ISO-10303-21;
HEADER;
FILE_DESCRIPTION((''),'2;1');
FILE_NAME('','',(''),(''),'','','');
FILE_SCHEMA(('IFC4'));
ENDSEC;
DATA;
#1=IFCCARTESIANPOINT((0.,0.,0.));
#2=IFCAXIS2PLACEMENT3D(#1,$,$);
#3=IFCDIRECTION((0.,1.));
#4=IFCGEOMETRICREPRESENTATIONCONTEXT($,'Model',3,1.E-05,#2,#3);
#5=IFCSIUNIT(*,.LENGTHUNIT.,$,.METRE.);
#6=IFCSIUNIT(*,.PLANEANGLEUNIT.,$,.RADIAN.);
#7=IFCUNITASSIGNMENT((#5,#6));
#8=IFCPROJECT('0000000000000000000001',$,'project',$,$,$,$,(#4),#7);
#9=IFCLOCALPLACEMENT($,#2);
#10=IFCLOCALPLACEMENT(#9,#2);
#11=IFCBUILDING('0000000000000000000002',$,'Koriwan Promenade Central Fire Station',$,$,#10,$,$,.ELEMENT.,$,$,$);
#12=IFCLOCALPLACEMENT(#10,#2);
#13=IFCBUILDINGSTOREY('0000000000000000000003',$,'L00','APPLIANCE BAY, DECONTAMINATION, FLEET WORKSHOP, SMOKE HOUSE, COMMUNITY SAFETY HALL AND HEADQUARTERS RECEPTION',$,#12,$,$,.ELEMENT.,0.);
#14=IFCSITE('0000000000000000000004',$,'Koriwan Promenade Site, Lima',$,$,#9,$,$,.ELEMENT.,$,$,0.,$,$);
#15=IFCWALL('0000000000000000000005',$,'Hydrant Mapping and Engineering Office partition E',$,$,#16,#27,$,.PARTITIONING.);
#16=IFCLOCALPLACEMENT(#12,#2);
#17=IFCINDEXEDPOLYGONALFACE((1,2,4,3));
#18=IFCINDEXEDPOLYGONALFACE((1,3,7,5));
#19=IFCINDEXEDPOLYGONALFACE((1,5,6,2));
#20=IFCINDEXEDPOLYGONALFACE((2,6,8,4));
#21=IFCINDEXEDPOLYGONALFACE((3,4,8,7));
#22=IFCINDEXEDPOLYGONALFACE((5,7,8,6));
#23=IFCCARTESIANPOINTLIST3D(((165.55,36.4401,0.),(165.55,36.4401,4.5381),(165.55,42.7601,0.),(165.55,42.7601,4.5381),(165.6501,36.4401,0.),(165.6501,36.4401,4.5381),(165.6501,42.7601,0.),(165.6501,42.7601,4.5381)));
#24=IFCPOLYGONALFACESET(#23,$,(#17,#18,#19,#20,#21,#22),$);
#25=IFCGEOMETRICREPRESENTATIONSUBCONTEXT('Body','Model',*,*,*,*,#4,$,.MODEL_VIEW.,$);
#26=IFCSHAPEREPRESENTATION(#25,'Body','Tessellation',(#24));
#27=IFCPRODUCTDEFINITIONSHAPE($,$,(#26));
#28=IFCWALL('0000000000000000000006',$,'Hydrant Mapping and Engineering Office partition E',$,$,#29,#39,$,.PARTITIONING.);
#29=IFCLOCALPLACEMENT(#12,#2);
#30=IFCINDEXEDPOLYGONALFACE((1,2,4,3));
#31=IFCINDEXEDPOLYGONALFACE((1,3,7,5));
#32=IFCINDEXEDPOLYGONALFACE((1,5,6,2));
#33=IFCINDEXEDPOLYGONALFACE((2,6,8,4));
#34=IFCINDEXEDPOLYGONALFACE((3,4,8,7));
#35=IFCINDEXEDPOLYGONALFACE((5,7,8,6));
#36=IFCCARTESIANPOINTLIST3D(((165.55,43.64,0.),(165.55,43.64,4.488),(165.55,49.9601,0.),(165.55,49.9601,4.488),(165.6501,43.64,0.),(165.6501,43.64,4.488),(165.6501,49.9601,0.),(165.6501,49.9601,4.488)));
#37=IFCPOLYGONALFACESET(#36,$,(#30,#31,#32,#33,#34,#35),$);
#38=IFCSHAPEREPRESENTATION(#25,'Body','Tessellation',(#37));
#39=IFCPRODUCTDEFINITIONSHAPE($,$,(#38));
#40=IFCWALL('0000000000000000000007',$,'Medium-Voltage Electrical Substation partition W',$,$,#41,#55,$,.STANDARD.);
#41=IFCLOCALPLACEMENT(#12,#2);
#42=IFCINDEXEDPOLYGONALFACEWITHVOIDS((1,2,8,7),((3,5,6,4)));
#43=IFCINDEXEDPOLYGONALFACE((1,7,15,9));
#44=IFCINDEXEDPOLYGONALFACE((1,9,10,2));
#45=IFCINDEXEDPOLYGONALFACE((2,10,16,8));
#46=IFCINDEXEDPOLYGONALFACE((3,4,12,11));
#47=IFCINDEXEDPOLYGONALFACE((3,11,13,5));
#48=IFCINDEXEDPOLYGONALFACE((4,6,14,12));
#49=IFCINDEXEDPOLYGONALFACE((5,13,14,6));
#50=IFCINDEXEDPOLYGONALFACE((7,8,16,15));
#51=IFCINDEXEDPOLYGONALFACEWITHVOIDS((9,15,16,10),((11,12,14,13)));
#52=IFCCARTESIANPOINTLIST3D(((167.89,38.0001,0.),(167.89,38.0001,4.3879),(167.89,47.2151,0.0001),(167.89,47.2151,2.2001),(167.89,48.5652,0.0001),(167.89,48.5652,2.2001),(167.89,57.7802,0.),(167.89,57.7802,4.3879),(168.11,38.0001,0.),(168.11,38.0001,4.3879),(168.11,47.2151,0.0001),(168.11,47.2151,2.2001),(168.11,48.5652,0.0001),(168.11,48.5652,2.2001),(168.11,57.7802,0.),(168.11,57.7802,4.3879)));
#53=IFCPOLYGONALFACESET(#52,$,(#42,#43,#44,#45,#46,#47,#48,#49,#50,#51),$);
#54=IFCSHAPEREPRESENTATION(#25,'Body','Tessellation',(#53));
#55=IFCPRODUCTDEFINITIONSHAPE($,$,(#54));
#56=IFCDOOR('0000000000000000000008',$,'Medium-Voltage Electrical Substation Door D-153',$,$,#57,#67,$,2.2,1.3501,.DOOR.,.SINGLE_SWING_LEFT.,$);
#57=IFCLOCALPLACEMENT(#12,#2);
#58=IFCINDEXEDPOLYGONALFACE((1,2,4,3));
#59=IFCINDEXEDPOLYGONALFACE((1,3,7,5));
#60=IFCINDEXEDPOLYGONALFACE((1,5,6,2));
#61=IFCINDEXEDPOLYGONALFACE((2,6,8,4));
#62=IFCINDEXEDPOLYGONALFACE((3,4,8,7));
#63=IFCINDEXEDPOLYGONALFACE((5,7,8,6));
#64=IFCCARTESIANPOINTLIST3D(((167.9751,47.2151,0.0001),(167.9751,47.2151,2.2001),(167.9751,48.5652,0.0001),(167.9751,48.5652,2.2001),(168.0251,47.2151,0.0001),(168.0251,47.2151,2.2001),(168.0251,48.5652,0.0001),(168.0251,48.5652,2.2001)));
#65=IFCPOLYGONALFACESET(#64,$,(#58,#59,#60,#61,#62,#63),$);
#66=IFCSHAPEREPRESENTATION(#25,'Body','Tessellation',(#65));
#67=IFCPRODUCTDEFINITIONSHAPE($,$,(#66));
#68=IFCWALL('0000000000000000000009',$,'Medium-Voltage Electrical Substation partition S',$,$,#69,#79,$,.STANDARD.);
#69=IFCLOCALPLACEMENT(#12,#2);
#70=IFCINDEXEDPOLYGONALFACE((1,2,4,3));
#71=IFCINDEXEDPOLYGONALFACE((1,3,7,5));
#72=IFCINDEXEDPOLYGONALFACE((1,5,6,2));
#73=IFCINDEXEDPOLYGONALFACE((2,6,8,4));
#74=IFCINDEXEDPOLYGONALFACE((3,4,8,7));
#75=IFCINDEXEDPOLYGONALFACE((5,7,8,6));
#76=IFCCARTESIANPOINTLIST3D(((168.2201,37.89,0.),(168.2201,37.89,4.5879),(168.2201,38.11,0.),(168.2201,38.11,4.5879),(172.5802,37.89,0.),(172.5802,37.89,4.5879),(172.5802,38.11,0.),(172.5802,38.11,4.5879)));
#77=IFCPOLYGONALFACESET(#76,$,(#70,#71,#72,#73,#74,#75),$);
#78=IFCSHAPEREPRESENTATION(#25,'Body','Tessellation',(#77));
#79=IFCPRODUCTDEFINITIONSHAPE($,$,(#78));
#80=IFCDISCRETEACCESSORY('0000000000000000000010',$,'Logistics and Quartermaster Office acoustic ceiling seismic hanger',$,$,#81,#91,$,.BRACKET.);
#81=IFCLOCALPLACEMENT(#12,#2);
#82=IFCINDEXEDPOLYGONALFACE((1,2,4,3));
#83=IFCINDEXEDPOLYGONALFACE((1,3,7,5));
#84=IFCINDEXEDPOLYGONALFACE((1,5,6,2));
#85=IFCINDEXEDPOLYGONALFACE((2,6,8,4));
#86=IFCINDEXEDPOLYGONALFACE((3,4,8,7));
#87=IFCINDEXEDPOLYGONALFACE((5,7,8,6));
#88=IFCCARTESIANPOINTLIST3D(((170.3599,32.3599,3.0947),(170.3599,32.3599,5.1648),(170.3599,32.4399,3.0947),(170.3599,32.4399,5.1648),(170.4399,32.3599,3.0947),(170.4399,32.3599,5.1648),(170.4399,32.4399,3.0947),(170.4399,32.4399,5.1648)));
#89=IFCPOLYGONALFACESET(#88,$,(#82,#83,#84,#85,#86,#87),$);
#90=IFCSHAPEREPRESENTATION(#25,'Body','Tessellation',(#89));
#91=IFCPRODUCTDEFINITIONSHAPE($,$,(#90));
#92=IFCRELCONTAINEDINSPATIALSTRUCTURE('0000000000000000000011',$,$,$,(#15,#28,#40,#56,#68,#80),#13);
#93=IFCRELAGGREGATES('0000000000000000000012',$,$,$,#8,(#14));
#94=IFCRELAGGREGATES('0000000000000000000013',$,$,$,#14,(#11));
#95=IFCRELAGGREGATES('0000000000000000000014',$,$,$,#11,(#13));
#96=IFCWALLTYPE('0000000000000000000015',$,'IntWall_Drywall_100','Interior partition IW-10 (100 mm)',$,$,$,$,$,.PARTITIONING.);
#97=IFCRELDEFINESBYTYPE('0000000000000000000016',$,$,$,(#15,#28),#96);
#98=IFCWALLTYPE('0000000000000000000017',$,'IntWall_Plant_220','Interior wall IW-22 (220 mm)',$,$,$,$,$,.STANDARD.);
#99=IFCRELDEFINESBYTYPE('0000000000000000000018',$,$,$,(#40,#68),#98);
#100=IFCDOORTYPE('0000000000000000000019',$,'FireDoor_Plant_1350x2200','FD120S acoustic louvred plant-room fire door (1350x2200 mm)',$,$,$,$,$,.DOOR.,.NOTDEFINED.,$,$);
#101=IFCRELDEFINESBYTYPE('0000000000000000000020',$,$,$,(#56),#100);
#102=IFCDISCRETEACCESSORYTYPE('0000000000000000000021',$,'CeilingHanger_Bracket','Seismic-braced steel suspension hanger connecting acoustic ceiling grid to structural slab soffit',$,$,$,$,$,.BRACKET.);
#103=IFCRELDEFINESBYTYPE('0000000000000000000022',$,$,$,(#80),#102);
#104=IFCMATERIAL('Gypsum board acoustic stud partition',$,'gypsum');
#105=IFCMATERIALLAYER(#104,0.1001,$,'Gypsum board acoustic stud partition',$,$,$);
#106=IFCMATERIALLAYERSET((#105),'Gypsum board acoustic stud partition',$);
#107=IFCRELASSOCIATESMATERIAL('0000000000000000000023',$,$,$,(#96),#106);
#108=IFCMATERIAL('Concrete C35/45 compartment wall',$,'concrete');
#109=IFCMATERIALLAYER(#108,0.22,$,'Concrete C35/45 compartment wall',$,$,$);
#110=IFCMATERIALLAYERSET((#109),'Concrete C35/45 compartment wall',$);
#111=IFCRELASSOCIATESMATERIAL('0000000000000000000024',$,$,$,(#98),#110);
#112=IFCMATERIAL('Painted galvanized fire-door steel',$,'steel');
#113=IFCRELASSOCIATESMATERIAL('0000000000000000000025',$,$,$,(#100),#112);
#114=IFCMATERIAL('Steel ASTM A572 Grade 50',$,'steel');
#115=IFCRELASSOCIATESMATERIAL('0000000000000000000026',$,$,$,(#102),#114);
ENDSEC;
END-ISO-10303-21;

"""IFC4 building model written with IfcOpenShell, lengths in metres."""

from ifc_helpers import new_model, si_unit, direction, frame, frame_2d, origin, origin_2d, place, context, subcontext, project, spatial, rectangle, extrude, material, layer, layer_set, type_object, element, fill, save


model = new_model("IFC4")

# Units and contexts
model_context = context("Model", 3, precision=1e-05, world=origin(), true_north=direction((0.0, 1.0)))
body_context = subcontext(model_context, "Body", "Model", "MODEL_VIEW")
ifc_project = project(units=[si_unit("LENGTHUNIT", "METRE"), si_unit("PLANEANGLEUNIT", "RADIAN")], contexts=[model_context])

# Site, building, storey
site_placement = place(None, origin())
site = spatial("IfcSite", under=ifc_project, at=site_placement, Name="Koriwan Promenade Site, Lima", CompositionType="ELEMENT", RefElevation=0.0)
building_placement = place(site_placement, origin())
building = spatial("IfcBuilding", under=site, at=building_placement, Name="Koriwan Promenade Central Fire Station", CompositionType="ELEMENT")
storey_placement = place(building_placement, origin())
storey = spatial("IfcBuildingStorey", under=building, at=storey_placement, Name="L00", Description="APPLIANCE BAY, DECONTAMINATION, FLEET WORKSHOP, SMOKE HOUSE, COMMUNITY SAFETY HALL AND HEADQUARTERS RECEPTION", CompositionType="ELEMENT", Elevation=0.0)

# Walls
ifc_material_1 = material(Name="Gypsum board acoustic stud partition", Category="gypsum")
ifc_layer_1 = layer(ifc_material_1, 0.1001, Name="Gypsum board acoustic stud partition")
ifc_layer_set_1 = layer_set([ifc_layer_1], Name="Gypsum board acoustic stud partition")
wall_type_1 = type_object("IfcWallType", Name="IntWall_Drywall_100", Description="Interior partition IW-10 (100 mm)", PredefinedType="PARTITIONING", material=ifc_layer_set_1)
wall_1_placement = place(storey_placement, frame((165.6001, 36.4399, 0.0), z_axis=(0.0, 0.0, 1.0), x_axis=(0.0, 1.0, 0.0)))
element("IfcWall", 1, at=wall_1_placement, inside=storey, type_object=wall_type_1, Name="Hydrant Mapping and Engineering Office partition E", PredefinedType="PARTITIONING", context=body_context, shape_type="SweptSolid", body=[
    extrude(rectangle(XDim=6.3201, YDim=0.1001, at=frame_2d((3.1602, 0.0))), origin(), (0.0, 0.0, 1.0), 4.5381),
])
wall_2_placement = place(storey_placement, frame((165.6001, 43.6399, 0.0), z_axis=(0.0, 0.0, 1.0), x_axis=(0.0, 1.0, 0.0)))
element("IfcWall", 2, at=wall_2_placement, inside=storey, type_object=wall_type_1, Name="Hydrant Mapping and Engineering Office partition E", PredefinedType="PARTITIONING", context=body_context, shape_type="SweptSolid", body=[
    extrude(rectangle(XDim=6.3201, YDim=0.1001, at=frame_2d((3.1602, 0.0))), origin(), (0.0, 0.0, 1.0), 4.488),
])

# Wall, opening, door
ifc_material_2 = material(Name="Concrete C35/45 compartment wall", Category="concrete")
ifc_layer_2 = layer(ifc_material_2, 0.22, Name="Concrete C35/45 compartment wall")
ifc_layer_set_2 = layer_set([ifc_layer_2], Name="Concrete C35/45 compartment wall")
wall_type_2 = type_object("IfcWallType", Name="IntWall_Plant_220", Description="Interior wall IW-22 (220 mm)", PredefinedType="STANDARD", material=ifc_layer_set_2)
wall_3_placement = place(storey_placement, frame((168.0, 38.0, 0.0), z_axis=(0.0, 0.0, 1.0), x_axis=(0.0, 1.0, 0.0)))
wall_3 = element("IfcWall", 3, at=wall_3_placement, inside=storey, type_object=wall_type_2, Name="Medium-Voltage Electrical Substation partition W", PredefinedType="STANDARD", context=body_context, shape_type="SweptSolid", body=[
    extrude(rectangle(XDim=19.78, YDim=0.22, at=frame_2d((9.8901, 0.0))), origin(), (0.0, 0.0, 1.0), 4.3879),
])
opening_placement = place(wall_3_placement, frame((9.2151, 0.0, 0.0)))
opening = element("IfcOpeningElement", 4, at=opening_placement, cuts=wall_3, PredefinedType="OPENING", context=body_context, shape_type="SweptSolid", body=[
    extrude(rectangle(XDim=1.3501, YDim=2.2, at=frame_2d((0.675, 1.1001))), frame((0.0, 0.1221, 0.0), z_axis=(0.0, -1.0, 0.0), x_axis=(1.0, 0.0, 0.0)), (0.0, 0.0, 1.0), 0.2439),
])
ifc_material_3 = material(Name="Painted galvanized fire-door steel", Category="steel")
door_type = type_object("IfcDoorType", Name="FireDoor_Plant_1350x2200", Description="FD120S acoustic louvred plant-room fire door (1350x2200 mm)", OperationType="NOTDEFINED", PredefinedType="DOOR", material=ifc_material_3)
door_placement = place(opening_placement, origin())
door = element("IfcDoor", 5, at=door_placement, inside=storey, type_object=door_type, Name="Medium-Voltage Electrical Substation Door D-153", OperationType="SINGLE_SWING_LEFT", OverallHeight=2.2, OverallWidth=1.3501, PredefinedType="DOOR", context=body_context, shape_type="SweptSolid", body=[
    extrude(rectangle(XDim=1.3501, YDim=2.2, at=frame_2d((0.675, 1.1001))), frame((0.0, 0.0249, 0.0), z_axis=(0.0, -1.0, 0.0), x_axis=(1.0, 0.0, 0.0)), (0.0, 0.0, 1.0), 0.05),
])
fill(opening, door)

# Wall
wall_4_placement = place(storey_placement, frame((168.22, 38.0, 0.0), z_axis=(0.0, 0.0, 1.0), x_axis=(1.0, 0.0, 0.0)))
element("IfcWall", 6, at=wall_4_placement, inside=storey, type_object=wall_type_2, Name="Medium-Voltage Electrical Substation partition S", PredefinedType="STANDARD", context=body_context, shape_type="SweptSolid", body=[
    extrude(rectangle(XDim=4.3601, YDim=0.22, at=frame_2d((2.1802, 0.0))), origin(), (0.0, 0.0, 1.0), 4.5879),
])

# Discrete accessory
ifc_material_4 = material(Name="Steel ASTM A572 Grade 50", Category="steel")
discrete_accessory_type = type_object("IfcDiscreteAccessoryType", Name="CeilingHanger_Bracket", Description="Seismic-braced steel suspension hanger connecting acoustic ceiling grid to structural slab soffit", PredefinedType="BRACKET", material=ifc_material_4)
discrete_accessory_placement = place(storey_placement, frame((170.3999, 32.3999, 3.0947), z_axis=(0.0, 0.0, 1.0), x_axis=(1.0, 0.0, 0.0)))
element("IfcDiscreteAccessory", 7, at=discrete_accessory_placement, inside=storey, type_object=discrete_accessory_type, Name="Logistics and Quartermaster Office acoustic ceiling seismic hanger", PredefinedType="BRACKET", context=body_context, shape_type="SweptSolid", body=[
    extrude(rectangle(XDim=0.0801, YDim=0.0801, at=origin_2d()), origin(), (0.0, 0.0, 1.0), 2.0701),
])

save(model, "model.ifc")
